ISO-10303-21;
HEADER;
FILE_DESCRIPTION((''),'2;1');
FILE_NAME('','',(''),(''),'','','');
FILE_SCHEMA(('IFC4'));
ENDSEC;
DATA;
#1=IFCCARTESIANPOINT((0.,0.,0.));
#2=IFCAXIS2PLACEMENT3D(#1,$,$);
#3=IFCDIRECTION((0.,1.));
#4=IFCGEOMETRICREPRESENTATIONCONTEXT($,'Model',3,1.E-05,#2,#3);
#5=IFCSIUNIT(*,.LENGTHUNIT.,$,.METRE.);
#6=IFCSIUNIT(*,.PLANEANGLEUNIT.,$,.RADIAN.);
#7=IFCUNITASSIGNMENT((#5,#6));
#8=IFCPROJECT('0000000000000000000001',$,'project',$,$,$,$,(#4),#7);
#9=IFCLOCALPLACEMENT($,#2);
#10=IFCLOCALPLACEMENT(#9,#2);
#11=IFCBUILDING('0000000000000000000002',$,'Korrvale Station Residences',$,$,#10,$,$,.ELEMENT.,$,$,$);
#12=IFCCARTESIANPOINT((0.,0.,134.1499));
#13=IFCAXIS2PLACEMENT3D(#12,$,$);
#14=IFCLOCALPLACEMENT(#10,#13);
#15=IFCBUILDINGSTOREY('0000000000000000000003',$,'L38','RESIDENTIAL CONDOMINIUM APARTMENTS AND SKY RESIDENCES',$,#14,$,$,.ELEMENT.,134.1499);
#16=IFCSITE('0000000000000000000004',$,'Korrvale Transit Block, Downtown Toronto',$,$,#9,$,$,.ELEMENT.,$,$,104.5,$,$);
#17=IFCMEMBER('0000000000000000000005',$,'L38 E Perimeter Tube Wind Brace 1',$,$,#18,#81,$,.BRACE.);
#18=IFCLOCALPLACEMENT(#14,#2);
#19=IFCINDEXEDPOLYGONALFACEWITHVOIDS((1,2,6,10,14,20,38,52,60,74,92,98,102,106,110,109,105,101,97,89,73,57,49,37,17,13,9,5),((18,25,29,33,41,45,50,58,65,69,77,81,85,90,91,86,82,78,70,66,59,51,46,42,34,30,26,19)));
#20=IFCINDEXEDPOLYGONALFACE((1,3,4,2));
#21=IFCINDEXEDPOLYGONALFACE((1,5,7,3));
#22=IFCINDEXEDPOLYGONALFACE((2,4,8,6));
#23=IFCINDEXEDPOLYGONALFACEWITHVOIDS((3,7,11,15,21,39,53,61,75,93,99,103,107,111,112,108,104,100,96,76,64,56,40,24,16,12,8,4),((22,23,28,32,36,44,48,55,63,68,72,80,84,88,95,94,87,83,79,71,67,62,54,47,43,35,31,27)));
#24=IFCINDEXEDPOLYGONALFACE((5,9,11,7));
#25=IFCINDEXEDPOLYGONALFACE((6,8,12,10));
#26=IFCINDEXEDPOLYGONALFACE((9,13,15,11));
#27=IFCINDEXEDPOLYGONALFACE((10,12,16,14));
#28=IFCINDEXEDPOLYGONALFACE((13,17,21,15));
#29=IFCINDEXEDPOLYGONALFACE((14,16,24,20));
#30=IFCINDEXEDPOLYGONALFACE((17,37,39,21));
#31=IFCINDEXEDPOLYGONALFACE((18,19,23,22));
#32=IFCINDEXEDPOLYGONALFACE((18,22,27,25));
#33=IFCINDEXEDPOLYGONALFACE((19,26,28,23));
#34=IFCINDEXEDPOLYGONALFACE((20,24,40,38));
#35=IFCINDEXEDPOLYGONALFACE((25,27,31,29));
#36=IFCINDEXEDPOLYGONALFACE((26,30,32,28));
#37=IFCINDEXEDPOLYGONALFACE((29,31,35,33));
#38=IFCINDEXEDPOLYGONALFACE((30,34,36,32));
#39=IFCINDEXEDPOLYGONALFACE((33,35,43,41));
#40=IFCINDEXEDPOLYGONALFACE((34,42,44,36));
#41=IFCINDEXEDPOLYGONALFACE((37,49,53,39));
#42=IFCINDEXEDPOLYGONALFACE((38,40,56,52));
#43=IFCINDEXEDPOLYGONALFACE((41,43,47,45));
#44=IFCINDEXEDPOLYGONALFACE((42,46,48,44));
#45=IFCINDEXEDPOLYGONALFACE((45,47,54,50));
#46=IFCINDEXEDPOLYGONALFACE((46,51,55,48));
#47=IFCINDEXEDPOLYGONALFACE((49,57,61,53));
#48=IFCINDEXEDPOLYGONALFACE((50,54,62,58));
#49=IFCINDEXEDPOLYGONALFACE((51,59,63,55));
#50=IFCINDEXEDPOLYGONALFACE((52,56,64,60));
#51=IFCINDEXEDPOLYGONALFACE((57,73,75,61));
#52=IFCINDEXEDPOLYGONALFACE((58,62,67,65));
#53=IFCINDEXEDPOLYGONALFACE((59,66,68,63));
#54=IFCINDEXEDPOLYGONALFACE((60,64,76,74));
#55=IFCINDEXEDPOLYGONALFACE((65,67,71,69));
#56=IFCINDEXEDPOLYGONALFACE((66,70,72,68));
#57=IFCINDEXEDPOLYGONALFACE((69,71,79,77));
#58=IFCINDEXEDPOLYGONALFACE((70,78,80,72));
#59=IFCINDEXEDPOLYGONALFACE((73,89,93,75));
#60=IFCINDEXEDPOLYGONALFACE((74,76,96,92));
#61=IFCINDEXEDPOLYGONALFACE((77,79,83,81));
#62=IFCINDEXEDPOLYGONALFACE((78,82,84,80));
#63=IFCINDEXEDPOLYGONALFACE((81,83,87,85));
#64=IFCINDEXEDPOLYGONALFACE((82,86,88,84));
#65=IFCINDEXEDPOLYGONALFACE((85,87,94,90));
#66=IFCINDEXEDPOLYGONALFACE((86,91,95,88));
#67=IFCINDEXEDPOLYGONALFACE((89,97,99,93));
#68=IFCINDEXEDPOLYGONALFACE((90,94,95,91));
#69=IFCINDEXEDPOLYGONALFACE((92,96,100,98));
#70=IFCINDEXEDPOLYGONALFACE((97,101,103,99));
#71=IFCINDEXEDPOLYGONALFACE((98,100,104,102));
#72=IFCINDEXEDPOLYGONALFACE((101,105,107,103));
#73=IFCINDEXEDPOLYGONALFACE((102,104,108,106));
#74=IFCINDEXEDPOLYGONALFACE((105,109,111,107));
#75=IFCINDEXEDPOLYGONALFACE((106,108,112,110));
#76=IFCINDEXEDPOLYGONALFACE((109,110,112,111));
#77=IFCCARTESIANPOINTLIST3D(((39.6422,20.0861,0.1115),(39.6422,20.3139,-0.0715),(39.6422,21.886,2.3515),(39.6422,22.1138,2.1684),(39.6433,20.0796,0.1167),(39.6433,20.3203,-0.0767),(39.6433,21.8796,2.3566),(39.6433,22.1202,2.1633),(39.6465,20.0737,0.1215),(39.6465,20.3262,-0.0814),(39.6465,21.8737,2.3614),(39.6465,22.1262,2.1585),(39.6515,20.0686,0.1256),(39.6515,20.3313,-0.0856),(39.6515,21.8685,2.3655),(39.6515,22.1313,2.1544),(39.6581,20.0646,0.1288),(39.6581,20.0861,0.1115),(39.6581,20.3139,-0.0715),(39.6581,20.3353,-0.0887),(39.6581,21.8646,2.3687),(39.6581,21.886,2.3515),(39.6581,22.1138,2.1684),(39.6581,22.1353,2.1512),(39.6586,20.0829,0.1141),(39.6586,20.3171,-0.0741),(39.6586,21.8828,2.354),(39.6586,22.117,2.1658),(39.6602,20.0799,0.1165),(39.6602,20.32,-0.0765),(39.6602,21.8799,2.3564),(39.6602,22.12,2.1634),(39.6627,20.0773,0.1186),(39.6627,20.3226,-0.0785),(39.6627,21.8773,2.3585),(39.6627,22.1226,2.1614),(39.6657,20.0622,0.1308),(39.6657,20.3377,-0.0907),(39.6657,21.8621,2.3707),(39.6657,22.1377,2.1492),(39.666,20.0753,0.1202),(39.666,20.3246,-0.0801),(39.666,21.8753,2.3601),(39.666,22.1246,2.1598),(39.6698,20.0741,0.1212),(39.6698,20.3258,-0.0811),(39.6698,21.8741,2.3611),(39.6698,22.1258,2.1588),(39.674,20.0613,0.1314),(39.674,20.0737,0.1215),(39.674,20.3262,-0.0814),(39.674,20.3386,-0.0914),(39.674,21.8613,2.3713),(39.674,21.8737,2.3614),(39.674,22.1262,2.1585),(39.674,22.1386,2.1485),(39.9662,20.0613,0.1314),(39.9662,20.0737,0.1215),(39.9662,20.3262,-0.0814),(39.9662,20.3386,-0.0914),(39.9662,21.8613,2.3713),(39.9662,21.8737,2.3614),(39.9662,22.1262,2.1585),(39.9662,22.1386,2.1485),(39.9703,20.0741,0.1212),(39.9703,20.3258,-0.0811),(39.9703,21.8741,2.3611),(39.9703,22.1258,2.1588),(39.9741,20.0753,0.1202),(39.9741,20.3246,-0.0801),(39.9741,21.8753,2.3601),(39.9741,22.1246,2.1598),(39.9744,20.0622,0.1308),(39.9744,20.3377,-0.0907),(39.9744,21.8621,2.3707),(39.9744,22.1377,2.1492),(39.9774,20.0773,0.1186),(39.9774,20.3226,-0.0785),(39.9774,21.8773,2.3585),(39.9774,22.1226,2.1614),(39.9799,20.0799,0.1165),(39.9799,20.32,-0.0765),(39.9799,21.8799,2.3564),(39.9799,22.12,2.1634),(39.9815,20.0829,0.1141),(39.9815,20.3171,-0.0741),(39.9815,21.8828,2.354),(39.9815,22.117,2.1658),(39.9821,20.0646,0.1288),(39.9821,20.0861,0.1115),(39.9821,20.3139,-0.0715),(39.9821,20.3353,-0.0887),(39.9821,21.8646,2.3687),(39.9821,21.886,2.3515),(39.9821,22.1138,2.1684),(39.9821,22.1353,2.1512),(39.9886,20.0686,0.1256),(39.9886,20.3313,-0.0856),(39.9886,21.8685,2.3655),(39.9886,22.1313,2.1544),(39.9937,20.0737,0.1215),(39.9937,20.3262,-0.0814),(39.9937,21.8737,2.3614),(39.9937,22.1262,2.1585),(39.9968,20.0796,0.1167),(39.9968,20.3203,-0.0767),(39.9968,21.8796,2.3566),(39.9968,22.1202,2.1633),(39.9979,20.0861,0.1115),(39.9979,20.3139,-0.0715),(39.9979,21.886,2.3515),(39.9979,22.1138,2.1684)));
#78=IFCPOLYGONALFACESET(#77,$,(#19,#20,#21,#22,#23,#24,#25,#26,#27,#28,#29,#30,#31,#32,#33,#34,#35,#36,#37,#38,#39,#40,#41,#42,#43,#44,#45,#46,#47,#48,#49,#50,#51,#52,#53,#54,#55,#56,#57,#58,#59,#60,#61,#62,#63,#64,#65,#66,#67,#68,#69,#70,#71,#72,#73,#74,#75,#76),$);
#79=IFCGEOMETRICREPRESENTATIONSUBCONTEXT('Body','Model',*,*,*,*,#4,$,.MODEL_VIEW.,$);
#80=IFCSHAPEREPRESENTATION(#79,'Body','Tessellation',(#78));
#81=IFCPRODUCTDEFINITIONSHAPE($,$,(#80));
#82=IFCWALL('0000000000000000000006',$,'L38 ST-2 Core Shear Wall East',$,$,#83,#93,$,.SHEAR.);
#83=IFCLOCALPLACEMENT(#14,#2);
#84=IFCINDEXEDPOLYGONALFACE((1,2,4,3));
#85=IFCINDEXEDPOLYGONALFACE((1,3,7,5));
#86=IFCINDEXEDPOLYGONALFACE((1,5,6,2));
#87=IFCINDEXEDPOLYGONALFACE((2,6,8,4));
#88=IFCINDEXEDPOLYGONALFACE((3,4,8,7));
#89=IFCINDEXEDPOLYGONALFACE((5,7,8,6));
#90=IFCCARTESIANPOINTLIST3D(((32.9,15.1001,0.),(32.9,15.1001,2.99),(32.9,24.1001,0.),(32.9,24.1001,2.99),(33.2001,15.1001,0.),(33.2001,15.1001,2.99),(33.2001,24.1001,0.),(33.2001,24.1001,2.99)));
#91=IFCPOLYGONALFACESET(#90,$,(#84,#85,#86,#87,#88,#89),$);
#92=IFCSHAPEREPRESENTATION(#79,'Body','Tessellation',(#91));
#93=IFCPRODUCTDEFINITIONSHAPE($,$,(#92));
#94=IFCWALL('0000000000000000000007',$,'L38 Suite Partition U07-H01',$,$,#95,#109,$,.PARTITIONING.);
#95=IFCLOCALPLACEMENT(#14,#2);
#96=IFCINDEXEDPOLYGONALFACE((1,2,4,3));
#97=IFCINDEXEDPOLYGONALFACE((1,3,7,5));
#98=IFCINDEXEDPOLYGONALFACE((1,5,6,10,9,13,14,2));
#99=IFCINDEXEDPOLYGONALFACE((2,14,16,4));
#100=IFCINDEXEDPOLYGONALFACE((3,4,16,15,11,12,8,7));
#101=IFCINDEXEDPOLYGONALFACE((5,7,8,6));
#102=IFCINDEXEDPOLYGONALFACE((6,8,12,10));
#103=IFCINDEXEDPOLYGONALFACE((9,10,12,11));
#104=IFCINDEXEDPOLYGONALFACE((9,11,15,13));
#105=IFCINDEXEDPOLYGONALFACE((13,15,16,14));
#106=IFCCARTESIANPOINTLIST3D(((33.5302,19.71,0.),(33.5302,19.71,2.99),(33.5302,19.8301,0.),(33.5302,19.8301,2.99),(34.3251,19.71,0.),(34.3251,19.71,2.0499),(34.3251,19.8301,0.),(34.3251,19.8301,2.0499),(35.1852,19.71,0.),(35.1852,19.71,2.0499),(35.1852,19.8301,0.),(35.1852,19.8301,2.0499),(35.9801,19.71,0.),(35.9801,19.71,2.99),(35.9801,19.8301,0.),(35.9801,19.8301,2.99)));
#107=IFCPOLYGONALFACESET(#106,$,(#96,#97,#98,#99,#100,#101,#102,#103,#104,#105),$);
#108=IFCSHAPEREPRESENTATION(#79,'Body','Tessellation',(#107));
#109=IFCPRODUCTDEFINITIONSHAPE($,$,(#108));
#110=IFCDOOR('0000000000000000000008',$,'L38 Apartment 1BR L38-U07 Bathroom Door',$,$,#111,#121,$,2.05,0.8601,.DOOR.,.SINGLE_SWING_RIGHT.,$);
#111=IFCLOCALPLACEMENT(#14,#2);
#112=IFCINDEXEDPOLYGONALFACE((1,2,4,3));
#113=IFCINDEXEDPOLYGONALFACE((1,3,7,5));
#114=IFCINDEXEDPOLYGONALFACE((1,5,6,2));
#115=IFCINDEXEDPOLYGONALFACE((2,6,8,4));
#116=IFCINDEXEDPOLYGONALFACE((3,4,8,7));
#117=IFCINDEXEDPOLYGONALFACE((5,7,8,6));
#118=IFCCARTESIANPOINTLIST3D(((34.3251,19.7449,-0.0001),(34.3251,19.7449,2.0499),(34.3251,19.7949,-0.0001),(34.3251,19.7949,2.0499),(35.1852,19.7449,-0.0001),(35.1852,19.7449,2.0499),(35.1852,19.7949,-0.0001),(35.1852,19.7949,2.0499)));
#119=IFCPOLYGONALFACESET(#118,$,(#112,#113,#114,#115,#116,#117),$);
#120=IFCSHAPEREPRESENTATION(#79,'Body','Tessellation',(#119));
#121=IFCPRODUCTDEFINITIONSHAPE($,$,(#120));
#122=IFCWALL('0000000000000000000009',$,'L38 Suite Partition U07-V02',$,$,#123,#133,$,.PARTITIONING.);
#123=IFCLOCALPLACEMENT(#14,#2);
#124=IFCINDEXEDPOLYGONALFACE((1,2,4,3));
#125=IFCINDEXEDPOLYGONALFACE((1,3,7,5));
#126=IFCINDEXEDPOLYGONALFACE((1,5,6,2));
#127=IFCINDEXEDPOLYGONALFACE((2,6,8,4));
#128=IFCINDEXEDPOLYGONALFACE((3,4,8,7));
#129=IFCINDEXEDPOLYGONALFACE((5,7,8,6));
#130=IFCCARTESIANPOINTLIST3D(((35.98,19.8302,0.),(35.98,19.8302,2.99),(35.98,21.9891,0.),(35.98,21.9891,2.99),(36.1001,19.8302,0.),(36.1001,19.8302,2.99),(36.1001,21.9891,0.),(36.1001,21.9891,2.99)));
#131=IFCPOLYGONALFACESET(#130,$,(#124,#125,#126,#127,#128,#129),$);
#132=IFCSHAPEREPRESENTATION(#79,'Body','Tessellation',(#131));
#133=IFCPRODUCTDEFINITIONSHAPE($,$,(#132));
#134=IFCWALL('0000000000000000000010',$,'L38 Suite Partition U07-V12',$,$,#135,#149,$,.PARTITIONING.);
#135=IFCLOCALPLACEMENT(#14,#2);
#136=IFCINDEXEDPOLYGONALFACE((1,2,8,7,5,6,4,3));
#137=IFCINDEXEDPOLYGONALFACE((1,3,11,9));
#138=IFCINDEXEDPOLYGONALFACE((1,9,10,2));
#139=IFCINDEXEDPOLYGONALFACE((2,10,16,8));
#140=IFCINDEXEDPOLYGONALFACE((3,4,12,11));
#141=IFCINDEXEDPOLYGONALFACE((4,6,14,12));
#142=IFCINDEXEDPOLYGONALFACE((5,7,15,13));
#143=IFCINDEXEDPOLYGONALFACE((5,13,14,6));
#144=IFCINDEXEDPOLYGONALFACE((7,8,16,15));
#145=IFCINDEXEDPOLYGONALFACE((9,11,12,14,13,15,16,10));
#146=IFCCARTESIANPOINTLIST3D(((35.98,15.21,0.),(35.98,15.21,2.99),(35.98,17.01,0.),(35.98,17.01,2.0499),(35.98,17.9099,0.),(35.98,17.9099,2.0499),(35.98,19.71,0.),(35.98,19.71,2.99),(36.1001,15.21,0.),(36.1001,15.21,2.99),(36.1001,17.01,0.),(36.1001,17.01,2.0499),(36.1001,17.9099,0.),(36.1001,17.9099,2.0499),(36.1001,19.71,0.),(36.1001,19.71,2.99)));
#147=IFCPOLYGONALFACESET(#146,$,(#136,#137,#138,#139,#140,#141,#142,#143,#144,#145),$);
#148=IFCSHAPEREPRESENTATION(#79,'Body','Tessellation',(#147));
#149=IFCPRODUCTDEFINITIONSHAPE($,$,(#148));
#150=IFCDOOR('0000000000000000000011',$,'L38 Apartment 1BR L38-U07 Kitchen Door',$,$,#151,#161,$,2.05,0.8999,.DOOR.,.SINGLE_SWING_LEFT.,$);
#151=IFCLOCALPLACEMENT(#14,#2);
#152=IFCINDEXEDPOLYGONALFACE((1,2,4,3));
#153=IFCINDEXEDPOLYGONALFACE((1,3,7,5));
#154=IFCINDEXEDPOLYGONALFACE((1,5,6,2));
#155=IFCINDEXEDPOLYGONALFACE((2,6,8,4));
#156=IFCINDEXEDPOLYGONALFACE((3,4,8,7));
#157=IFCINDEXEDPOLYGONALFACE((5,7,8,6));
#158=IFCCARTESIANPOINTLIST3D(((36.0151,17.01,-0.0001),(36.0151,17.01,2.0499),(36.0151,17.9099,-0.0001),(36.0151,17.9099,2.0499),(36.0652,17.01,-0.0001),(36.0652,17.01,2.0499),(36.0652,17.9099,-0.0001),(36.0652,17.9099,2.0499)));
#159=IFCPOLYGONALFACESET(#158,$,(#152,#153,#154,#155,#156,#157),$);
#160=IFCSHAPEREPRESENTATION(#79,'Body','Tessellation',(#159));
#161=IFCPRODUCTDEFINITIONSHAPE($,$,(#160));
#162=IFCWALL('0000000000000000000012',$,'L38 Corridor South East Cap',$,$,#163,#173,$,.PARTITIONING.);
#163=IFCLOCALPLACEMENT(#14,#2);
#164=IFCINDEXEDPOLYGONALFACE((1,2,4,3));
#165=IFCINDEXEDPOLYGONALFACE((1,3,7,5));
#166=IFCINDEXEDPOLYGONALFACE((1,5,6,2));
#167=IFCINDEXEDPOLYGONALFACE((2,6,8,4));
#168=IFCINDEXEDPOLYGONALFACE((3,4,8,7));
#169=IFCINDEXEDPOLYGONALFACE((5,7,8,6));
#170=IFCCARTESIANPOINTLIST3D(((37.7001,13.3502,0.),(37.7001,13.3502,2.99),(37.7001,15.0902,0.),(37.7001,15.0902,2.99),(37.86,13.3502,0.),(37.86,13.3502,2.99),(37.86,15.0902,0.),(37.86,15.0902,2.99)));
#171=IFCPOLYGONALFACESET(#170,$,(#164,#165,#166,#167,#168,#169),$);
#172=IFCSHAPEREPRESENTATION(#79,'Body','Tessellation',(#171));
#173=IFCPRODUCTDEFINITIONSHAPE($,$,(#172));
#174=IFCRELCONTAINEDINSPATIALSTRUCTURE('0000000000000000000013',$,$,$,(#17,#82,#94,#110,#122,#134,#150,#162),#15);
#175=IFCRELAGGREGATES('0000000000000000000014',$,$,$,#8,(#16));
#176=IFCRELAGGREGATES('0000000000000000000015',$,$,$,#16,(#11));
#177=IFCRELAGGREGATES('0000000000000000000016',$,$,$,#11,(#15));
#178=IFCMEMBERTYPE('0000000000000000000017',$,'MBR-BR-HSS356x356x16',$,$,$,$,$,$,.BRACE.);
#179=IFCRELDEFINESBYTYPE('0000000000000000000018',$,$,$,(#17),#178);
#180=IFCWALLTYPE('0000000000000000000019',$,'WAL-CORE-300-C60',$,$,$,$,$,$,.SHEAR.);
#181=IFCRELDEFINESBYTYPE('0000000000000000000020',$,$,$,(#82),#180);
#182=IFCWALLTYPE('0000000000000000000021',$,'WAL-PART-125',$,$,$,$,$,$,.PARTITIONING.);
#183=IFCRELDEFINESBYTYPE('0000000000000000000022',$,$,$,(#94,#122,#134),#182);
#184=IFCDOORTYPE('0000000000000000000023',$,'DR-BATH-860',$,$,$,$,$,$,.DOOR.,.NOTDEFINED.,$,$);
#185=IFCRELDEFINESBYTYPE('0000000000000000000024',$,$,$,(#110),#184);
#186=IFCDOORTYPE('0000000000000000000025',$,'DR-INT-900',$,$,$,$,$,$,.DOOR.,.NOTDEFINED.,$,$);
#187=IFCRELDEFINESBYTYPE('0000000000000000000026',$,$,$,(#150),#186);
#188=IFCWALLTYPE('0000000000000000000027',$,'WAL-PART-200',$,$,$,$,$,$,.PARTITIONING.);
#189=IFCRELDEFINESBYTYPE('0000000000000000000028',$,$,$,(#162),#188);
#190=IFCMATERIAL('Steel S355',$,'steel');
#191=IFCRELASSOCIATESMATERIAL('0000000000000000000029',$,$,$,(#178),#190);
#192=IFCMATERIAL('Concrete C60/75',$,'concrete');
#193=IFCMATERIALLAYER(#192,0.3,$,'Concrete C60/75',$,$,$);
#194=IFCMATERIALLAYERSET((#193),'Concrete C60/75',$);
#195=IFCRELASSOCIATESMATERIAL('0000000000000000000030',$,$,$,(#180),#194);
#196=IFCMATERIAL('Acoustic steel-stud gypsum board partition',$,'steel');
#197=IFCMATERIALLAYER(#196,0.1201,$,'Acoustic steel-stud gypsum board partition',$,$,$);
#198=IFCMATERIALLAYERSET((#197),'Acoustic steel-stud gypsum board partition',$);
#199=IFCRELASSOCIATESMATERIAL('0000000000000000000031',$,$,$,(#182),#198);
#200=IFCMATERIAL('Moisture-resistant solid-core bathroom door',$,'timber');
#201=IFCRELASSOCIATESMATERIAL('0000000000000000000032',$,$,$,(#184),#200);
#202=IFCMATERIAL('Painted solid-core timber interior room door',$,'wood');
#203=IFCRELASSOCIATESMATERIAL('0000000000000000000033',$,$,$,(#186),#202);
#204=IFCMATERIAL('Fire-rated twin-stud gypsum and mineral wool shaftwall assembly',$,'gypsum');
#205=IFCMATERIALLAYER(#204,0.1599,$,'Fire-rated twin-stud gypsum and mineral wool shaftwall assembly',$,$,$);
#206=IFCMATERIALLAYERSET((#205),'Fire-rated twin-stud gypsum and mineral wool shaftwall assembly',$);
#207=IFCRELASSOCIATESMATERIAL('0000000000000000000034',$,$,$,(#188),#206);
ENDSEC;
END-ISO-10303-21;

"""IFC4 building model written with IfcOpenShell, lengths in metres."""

from ifc_helpers import new_model, si_unit, direction, frame, frame_2d, origin, origin_2d, place, context, subcontext, project, spatial, rectangle, hollow_rectangle, extrude, material, layer, layer_set, material_profile, profile_set, type_object, element, fill, save


model = new_model("IFC4")

# Units and contexts
model_context = context("Model", 3, precision=1e-05, world=origin(), true_north=direction((0.0, 1.0)))
body_context = subcontext(model_context, "Body", "Model", "MODEL_VIEW")
ifc_project = project(units=[si_unit("LENGTHUNIT", "METRE"), si_unit("PLANEANGLEUNIT", "RADIAN")], contexts=[model_context])

# Site, building, storey
site_placement = place(None, origin())
site = spatial("IfcSite", under=ifc_project, at=site_placement, Name="Korrvale Transit Block, Downtown Toronto", CompositionType="ELEMENT", RefElevation=104.5)
building_placement = place(site_placement, origin())
building = spatial("IfcBuilding", under=site, at=building_placement, Name="Korrvale Station Residences", CompositionType="ELEMENT")
storey_placement = place(building_placement, frame((0.0, 0.0, 134.1499)))
storey = spatial("IfcBuildingStorey", under=building, at=storey_placement, Name="L38", Description="RESIDENTIAL CONDOMINIUM APARTMENTS AND SKY RESIDENCES", CompositionType="ELEMENT", Elevation=134.1499)

# Shared definitions
ifc_material_1 = material(Name="Concrete C60/75", Category="concrete")

# Shared definitions
ifc_material_2 = material(Name="Steel S355", Category="steel")

# Member
ifc_material_profile_1 = material_profile(ifc_material_2, hollow_rectangle(XDim=0.3557, YDim=0.3557, WallThickness=0.0159, InnerFilletRadius=0.0159, OuterFilletRadius=0.0317, at=origin_2d()), Name="HSS356x356x16")
ifc_profile_set_1 = profile_set([ifc_material_profile_1], Name="Steel S355")
member_type = type_object("IfcMemberType", Name="MBR-BR-HSS356x356x16", PredefinedType="BRACE", material=ifc_profile_set_1)
member_placement = place(storey_placement, frame((39.8201, 20.2, 0.02), z_axis=(0.0, 0.626403, 0.779499), x_axis=(-1.0, 0.0, 0.0)))
element("IfcMember", 1, at=member_placement, inside=storey, type_object=member_type, Name="L38 E Perimeter Tube Wind Brace 1", PredefinedType="BRACE", context=body_context, shape_type="SweptSolid", body=[
    extrude(hollow_rectangle(XDim=0.3557, YDim=0.3557, WallThickness=0.0159, InnerFilletRadius=0.0159, OuterFilletRadius=0.0317, at=origin_2d()), origin(), (0.0, 0.0, 1.0), 2.8735),
])

# Wall
ifc_layer_1 = layer(ifc_material_1, 0.3, Name="Concrete C60/75")
ifc_layer_set_1 = layer_set([ifc_layer_1], Name="Concrete C60/75")
wall_type_1 = type_object("IfcWallType", Name="WAL-CORE-300-C60", PredefinedType="SHEAR", material=ifc_layer_set_1)
wall_1_placement = place(storey_placement, frame((33.05, 15.1001, 0.0), z_axis=(0.0, 0.0, 1.0), x_axis=(0.0, 1.0, 0.0)))
element("IfcWall", 2, at=wall_1_placement, inside=storey, type_object=wall_type_1, Name="L38 ST-2 Core Shear Wall East", PredefinedType="SHEAR", context=body_context, shape_type="SweptSolid", body=[
    extrude(rectangle(XDim=9.0, YDim=0.3, at=frame_2d((4.5, 0.0))), origin(), (0.0, 0.0, 1.0), 2.99),
])

# Wall, opening, door
ifc_material_3 = material(Name="Acoustic steel-stud gypsum board partition", Category="steel")
ifc_layer_2 = layer(ifc_material_3, 0.1201, Name="Acoustic steel-stud gypsum board partition")
ifc_layer_set_2 = layer_set([ifc_layer_2], Name="Acoustic steel-stud gypsum board partition")
wall_type_2 = type_object("IfcWallType", Name="WAL-PART-125", PredefinedType="PARTITIONING", material=ifc_layer_set_2)
wall_2_placement = place(storey_placement, frame((33.53, 19.77, 0.0), z_axis=(0.0, 0.0, 1.0), x_axis=(1.0, 0.0, 0.0)))
wall_2 = element("IfcWall", 3, at=wall_2_placement, inside=storey, type_object=wall_type_2, Name="L38 Suite Partition U07-H01", PredefinedType="PARTITIONING", context=body_context, shape_type="SweptSolid", body=[
    extrude(rectangle(XDim=2.45, YDim=0.1201, at=frame_2d((1.2251, 0.0))), origin(), (0.0, 0.0, 1.0), 2.99),
])
opening_1_placement = place(wall_2_placement, frame((0.7949, 0.0, 0.0)))
opening_1 = element("IfcOpeningElement", 4, at=opening_1_placement, cuts=wall_2, PredefinedType="OPENING", context=body_context, shape_type="SweptSolid", body=[
    extrude(rectangle(XDim=0.8601, YDim=2.05, at=frame_2d((0.4302, 1.0249))), frame((0.0, 0.0701, 0.0), z_axis=(0.0, -1.0, 0.0), x_axis=(1.0, 0.0, 0.0)), (0.0, 0.0, 1.0), 0.1401),
])
ifc_material_4 = material(Name="Moisture-resistant solid-core bathroom door", Category="timber")
door_type_1 = type_object("IfcDoorType", Name="DR-BATH-860", OperationType="NOTDEFINED", PredefinedType="DOOR", material=ifc_material_4)
door_1_placement = place(opening_1_placement, origin())
door_1 = element("IfcDoor", 5, at=door_1_placement, inside=storey, type_object=door_type_1, Name="L38 Apartment 1BR L38-U07 Bathroom Door", OperationType="SINGLE_SWING_RIGHT", OverallHeight=2.05, OverallWidth=0.8601, PredefinedType="DOOR", context=body_context, shape_type="SweptSolid", body=[
    extrude(rectangle(XDim=0.8601, YDim=2.05, at=frame_2d((0.4302, 1.0249))), frame((0.0, 0.0249, 0.0), z_axis=(0.0, -1.0, 0.0), x_axis=(1.0, 0.0, 0.0)), (0.0, 0.0, 1.0), 0.05),
])
fill(opening_1, door_1)

# Wall
wall_3_placement = place(storey_placement, frame((36.04, 19.8301, 0.0), z_axis=(0.0, 0.0, 1.0), x_axis=(0.0, 1.0, 0.0)))
element("IfcWall", 6, at=wall_3_placement, inside=storey, type_object=wall_type_2, Name="L38 Suite Partition U07-V02", PredefinedType="PARTITIONING", context=body_context, shape_type="SweptSolid", body=[
    extrude(rectangle(XDim=2.1589, YDim=0.1201, at=frame_2d((1.0796, 0.0))), origin(), (0.0, 0.0, 1.0), 2.99),
])

# Wall, opening, door
wall_4_placement = place(storey_placement, frame((36.04, 15.21, 0.0), z_axis=(0.0, 0.0, 1.0), x_axis=(0.0, 1.0, 0.0)))
wall_4 = element("IfcWall", 7, at=wall_4_placement, inside=storey, type_object=wall_type_2, Name="L38 Suite Partition U07-V12", PredefinedType="PARTITIONING", context=body_context, shape_type="SweptSolid", body=[
    extrude(rectangle(XDim=4.5, YDim=0.1201, at=frame_2d((2.25, 0.0))), origin(), (0.0, 0.0, 1.0), 2.99),
])
opening_2_placement = place(wall_4_placement, frame((1.8, 0.0, 0.0)))
opening_2 = element("IfcOpeningElement", 8, at=opening_2_placement, cuts=wall_4, PredefinedType="OPENING", context=body_context, shape_type="SweptSolid", body=[
    extrude(rectangle(XDim=0.8999, YDim=2.05, at=frame_2d((0.45, 1.0249))), frame((0.0, 0.0701, 0.0), z_axis=(0.0, -1.0, 0.0), x_axis=(1.0, 0.0, 0.0)), (0.0, 0.0, 1.0), 0.1401),
])
ifc_material_5 = material(Name="Painted solid-core timber interior room door", Category="wood")
door_type_2 = type_object("IfcDoorType", Name="DR-INT-900", OperationType="NOTDEFINED", PredefinedType="DOOR", material=ifc_material_5)
door_2_placement = place(opening_2_placement, origin())
door_2 = element("IfcDoor", 9, at=door_2_placement, inside=storey, type_object=door_type_2, Name="L38 Apartment 1BR L38-U07 Kitchen Door", OperationType="SINGLE_SWING_LEFT", OverallHeight=2.05, OverallWidth=0.8999, PredefinedType="DOOR", context=body_context, shape_type="SweptSolid", body=[
    extrude(rectangle(XDim=0.8999, YDim=2.05, at=frame_2d((0.45, 1.0249))), frame((0.0, 0.0249, 0.0), z_axis=(0.0, -1.0, 0.0), x_axis=(1.0, 0.0, 0.0)), (0.0, 0.0, 1.0), 0.05),
])
fill(opening_2, door_2)

# Wall
ifc_material_6 = material(Name="Fire-rated twin-stud gypsum and mineral wool shaftwall assembly", Category="gypsum")
ifc_layer_3 = layer(ifc_material_6, 0.1599, Name="Fire-rated twin-stud gypsum and mineral wool shaftwall assembly")
ifc_layer_set_3 = layer_set([ifc_layer_3], Name="Fire-rated twin-stud gypsum and mineral wool shaftwall assembly")
wall_type_3 = type_object("IfcWallType", Name="WAL-PART-200", PredefinedType="PARTITIONING", material=ifc_layer_set_3)
wall_5_placement = place(storey_placement, frame((37.78, 13.3501, 0.0), z_axis=(0.0, 0.0, 1.0), x_axis=(0.0, 1.0, 0.0)))
element("IfcWall", 10, at=wall_5_placement, inside=storey, type_object=wall_type_3, Name="L38 Corridor South East Cap", PredefinedType="PARTITIONING", context=body_context, shape_type="SweptSolid", body=[
    extrude(rectangle(XDim=1.74, YDim=0.1599, at=frame_2d((0.8701, 0.0))), origin(), (0.0, 0.0, 1.0), 2.99),
])

save(model, "model.ifc")
